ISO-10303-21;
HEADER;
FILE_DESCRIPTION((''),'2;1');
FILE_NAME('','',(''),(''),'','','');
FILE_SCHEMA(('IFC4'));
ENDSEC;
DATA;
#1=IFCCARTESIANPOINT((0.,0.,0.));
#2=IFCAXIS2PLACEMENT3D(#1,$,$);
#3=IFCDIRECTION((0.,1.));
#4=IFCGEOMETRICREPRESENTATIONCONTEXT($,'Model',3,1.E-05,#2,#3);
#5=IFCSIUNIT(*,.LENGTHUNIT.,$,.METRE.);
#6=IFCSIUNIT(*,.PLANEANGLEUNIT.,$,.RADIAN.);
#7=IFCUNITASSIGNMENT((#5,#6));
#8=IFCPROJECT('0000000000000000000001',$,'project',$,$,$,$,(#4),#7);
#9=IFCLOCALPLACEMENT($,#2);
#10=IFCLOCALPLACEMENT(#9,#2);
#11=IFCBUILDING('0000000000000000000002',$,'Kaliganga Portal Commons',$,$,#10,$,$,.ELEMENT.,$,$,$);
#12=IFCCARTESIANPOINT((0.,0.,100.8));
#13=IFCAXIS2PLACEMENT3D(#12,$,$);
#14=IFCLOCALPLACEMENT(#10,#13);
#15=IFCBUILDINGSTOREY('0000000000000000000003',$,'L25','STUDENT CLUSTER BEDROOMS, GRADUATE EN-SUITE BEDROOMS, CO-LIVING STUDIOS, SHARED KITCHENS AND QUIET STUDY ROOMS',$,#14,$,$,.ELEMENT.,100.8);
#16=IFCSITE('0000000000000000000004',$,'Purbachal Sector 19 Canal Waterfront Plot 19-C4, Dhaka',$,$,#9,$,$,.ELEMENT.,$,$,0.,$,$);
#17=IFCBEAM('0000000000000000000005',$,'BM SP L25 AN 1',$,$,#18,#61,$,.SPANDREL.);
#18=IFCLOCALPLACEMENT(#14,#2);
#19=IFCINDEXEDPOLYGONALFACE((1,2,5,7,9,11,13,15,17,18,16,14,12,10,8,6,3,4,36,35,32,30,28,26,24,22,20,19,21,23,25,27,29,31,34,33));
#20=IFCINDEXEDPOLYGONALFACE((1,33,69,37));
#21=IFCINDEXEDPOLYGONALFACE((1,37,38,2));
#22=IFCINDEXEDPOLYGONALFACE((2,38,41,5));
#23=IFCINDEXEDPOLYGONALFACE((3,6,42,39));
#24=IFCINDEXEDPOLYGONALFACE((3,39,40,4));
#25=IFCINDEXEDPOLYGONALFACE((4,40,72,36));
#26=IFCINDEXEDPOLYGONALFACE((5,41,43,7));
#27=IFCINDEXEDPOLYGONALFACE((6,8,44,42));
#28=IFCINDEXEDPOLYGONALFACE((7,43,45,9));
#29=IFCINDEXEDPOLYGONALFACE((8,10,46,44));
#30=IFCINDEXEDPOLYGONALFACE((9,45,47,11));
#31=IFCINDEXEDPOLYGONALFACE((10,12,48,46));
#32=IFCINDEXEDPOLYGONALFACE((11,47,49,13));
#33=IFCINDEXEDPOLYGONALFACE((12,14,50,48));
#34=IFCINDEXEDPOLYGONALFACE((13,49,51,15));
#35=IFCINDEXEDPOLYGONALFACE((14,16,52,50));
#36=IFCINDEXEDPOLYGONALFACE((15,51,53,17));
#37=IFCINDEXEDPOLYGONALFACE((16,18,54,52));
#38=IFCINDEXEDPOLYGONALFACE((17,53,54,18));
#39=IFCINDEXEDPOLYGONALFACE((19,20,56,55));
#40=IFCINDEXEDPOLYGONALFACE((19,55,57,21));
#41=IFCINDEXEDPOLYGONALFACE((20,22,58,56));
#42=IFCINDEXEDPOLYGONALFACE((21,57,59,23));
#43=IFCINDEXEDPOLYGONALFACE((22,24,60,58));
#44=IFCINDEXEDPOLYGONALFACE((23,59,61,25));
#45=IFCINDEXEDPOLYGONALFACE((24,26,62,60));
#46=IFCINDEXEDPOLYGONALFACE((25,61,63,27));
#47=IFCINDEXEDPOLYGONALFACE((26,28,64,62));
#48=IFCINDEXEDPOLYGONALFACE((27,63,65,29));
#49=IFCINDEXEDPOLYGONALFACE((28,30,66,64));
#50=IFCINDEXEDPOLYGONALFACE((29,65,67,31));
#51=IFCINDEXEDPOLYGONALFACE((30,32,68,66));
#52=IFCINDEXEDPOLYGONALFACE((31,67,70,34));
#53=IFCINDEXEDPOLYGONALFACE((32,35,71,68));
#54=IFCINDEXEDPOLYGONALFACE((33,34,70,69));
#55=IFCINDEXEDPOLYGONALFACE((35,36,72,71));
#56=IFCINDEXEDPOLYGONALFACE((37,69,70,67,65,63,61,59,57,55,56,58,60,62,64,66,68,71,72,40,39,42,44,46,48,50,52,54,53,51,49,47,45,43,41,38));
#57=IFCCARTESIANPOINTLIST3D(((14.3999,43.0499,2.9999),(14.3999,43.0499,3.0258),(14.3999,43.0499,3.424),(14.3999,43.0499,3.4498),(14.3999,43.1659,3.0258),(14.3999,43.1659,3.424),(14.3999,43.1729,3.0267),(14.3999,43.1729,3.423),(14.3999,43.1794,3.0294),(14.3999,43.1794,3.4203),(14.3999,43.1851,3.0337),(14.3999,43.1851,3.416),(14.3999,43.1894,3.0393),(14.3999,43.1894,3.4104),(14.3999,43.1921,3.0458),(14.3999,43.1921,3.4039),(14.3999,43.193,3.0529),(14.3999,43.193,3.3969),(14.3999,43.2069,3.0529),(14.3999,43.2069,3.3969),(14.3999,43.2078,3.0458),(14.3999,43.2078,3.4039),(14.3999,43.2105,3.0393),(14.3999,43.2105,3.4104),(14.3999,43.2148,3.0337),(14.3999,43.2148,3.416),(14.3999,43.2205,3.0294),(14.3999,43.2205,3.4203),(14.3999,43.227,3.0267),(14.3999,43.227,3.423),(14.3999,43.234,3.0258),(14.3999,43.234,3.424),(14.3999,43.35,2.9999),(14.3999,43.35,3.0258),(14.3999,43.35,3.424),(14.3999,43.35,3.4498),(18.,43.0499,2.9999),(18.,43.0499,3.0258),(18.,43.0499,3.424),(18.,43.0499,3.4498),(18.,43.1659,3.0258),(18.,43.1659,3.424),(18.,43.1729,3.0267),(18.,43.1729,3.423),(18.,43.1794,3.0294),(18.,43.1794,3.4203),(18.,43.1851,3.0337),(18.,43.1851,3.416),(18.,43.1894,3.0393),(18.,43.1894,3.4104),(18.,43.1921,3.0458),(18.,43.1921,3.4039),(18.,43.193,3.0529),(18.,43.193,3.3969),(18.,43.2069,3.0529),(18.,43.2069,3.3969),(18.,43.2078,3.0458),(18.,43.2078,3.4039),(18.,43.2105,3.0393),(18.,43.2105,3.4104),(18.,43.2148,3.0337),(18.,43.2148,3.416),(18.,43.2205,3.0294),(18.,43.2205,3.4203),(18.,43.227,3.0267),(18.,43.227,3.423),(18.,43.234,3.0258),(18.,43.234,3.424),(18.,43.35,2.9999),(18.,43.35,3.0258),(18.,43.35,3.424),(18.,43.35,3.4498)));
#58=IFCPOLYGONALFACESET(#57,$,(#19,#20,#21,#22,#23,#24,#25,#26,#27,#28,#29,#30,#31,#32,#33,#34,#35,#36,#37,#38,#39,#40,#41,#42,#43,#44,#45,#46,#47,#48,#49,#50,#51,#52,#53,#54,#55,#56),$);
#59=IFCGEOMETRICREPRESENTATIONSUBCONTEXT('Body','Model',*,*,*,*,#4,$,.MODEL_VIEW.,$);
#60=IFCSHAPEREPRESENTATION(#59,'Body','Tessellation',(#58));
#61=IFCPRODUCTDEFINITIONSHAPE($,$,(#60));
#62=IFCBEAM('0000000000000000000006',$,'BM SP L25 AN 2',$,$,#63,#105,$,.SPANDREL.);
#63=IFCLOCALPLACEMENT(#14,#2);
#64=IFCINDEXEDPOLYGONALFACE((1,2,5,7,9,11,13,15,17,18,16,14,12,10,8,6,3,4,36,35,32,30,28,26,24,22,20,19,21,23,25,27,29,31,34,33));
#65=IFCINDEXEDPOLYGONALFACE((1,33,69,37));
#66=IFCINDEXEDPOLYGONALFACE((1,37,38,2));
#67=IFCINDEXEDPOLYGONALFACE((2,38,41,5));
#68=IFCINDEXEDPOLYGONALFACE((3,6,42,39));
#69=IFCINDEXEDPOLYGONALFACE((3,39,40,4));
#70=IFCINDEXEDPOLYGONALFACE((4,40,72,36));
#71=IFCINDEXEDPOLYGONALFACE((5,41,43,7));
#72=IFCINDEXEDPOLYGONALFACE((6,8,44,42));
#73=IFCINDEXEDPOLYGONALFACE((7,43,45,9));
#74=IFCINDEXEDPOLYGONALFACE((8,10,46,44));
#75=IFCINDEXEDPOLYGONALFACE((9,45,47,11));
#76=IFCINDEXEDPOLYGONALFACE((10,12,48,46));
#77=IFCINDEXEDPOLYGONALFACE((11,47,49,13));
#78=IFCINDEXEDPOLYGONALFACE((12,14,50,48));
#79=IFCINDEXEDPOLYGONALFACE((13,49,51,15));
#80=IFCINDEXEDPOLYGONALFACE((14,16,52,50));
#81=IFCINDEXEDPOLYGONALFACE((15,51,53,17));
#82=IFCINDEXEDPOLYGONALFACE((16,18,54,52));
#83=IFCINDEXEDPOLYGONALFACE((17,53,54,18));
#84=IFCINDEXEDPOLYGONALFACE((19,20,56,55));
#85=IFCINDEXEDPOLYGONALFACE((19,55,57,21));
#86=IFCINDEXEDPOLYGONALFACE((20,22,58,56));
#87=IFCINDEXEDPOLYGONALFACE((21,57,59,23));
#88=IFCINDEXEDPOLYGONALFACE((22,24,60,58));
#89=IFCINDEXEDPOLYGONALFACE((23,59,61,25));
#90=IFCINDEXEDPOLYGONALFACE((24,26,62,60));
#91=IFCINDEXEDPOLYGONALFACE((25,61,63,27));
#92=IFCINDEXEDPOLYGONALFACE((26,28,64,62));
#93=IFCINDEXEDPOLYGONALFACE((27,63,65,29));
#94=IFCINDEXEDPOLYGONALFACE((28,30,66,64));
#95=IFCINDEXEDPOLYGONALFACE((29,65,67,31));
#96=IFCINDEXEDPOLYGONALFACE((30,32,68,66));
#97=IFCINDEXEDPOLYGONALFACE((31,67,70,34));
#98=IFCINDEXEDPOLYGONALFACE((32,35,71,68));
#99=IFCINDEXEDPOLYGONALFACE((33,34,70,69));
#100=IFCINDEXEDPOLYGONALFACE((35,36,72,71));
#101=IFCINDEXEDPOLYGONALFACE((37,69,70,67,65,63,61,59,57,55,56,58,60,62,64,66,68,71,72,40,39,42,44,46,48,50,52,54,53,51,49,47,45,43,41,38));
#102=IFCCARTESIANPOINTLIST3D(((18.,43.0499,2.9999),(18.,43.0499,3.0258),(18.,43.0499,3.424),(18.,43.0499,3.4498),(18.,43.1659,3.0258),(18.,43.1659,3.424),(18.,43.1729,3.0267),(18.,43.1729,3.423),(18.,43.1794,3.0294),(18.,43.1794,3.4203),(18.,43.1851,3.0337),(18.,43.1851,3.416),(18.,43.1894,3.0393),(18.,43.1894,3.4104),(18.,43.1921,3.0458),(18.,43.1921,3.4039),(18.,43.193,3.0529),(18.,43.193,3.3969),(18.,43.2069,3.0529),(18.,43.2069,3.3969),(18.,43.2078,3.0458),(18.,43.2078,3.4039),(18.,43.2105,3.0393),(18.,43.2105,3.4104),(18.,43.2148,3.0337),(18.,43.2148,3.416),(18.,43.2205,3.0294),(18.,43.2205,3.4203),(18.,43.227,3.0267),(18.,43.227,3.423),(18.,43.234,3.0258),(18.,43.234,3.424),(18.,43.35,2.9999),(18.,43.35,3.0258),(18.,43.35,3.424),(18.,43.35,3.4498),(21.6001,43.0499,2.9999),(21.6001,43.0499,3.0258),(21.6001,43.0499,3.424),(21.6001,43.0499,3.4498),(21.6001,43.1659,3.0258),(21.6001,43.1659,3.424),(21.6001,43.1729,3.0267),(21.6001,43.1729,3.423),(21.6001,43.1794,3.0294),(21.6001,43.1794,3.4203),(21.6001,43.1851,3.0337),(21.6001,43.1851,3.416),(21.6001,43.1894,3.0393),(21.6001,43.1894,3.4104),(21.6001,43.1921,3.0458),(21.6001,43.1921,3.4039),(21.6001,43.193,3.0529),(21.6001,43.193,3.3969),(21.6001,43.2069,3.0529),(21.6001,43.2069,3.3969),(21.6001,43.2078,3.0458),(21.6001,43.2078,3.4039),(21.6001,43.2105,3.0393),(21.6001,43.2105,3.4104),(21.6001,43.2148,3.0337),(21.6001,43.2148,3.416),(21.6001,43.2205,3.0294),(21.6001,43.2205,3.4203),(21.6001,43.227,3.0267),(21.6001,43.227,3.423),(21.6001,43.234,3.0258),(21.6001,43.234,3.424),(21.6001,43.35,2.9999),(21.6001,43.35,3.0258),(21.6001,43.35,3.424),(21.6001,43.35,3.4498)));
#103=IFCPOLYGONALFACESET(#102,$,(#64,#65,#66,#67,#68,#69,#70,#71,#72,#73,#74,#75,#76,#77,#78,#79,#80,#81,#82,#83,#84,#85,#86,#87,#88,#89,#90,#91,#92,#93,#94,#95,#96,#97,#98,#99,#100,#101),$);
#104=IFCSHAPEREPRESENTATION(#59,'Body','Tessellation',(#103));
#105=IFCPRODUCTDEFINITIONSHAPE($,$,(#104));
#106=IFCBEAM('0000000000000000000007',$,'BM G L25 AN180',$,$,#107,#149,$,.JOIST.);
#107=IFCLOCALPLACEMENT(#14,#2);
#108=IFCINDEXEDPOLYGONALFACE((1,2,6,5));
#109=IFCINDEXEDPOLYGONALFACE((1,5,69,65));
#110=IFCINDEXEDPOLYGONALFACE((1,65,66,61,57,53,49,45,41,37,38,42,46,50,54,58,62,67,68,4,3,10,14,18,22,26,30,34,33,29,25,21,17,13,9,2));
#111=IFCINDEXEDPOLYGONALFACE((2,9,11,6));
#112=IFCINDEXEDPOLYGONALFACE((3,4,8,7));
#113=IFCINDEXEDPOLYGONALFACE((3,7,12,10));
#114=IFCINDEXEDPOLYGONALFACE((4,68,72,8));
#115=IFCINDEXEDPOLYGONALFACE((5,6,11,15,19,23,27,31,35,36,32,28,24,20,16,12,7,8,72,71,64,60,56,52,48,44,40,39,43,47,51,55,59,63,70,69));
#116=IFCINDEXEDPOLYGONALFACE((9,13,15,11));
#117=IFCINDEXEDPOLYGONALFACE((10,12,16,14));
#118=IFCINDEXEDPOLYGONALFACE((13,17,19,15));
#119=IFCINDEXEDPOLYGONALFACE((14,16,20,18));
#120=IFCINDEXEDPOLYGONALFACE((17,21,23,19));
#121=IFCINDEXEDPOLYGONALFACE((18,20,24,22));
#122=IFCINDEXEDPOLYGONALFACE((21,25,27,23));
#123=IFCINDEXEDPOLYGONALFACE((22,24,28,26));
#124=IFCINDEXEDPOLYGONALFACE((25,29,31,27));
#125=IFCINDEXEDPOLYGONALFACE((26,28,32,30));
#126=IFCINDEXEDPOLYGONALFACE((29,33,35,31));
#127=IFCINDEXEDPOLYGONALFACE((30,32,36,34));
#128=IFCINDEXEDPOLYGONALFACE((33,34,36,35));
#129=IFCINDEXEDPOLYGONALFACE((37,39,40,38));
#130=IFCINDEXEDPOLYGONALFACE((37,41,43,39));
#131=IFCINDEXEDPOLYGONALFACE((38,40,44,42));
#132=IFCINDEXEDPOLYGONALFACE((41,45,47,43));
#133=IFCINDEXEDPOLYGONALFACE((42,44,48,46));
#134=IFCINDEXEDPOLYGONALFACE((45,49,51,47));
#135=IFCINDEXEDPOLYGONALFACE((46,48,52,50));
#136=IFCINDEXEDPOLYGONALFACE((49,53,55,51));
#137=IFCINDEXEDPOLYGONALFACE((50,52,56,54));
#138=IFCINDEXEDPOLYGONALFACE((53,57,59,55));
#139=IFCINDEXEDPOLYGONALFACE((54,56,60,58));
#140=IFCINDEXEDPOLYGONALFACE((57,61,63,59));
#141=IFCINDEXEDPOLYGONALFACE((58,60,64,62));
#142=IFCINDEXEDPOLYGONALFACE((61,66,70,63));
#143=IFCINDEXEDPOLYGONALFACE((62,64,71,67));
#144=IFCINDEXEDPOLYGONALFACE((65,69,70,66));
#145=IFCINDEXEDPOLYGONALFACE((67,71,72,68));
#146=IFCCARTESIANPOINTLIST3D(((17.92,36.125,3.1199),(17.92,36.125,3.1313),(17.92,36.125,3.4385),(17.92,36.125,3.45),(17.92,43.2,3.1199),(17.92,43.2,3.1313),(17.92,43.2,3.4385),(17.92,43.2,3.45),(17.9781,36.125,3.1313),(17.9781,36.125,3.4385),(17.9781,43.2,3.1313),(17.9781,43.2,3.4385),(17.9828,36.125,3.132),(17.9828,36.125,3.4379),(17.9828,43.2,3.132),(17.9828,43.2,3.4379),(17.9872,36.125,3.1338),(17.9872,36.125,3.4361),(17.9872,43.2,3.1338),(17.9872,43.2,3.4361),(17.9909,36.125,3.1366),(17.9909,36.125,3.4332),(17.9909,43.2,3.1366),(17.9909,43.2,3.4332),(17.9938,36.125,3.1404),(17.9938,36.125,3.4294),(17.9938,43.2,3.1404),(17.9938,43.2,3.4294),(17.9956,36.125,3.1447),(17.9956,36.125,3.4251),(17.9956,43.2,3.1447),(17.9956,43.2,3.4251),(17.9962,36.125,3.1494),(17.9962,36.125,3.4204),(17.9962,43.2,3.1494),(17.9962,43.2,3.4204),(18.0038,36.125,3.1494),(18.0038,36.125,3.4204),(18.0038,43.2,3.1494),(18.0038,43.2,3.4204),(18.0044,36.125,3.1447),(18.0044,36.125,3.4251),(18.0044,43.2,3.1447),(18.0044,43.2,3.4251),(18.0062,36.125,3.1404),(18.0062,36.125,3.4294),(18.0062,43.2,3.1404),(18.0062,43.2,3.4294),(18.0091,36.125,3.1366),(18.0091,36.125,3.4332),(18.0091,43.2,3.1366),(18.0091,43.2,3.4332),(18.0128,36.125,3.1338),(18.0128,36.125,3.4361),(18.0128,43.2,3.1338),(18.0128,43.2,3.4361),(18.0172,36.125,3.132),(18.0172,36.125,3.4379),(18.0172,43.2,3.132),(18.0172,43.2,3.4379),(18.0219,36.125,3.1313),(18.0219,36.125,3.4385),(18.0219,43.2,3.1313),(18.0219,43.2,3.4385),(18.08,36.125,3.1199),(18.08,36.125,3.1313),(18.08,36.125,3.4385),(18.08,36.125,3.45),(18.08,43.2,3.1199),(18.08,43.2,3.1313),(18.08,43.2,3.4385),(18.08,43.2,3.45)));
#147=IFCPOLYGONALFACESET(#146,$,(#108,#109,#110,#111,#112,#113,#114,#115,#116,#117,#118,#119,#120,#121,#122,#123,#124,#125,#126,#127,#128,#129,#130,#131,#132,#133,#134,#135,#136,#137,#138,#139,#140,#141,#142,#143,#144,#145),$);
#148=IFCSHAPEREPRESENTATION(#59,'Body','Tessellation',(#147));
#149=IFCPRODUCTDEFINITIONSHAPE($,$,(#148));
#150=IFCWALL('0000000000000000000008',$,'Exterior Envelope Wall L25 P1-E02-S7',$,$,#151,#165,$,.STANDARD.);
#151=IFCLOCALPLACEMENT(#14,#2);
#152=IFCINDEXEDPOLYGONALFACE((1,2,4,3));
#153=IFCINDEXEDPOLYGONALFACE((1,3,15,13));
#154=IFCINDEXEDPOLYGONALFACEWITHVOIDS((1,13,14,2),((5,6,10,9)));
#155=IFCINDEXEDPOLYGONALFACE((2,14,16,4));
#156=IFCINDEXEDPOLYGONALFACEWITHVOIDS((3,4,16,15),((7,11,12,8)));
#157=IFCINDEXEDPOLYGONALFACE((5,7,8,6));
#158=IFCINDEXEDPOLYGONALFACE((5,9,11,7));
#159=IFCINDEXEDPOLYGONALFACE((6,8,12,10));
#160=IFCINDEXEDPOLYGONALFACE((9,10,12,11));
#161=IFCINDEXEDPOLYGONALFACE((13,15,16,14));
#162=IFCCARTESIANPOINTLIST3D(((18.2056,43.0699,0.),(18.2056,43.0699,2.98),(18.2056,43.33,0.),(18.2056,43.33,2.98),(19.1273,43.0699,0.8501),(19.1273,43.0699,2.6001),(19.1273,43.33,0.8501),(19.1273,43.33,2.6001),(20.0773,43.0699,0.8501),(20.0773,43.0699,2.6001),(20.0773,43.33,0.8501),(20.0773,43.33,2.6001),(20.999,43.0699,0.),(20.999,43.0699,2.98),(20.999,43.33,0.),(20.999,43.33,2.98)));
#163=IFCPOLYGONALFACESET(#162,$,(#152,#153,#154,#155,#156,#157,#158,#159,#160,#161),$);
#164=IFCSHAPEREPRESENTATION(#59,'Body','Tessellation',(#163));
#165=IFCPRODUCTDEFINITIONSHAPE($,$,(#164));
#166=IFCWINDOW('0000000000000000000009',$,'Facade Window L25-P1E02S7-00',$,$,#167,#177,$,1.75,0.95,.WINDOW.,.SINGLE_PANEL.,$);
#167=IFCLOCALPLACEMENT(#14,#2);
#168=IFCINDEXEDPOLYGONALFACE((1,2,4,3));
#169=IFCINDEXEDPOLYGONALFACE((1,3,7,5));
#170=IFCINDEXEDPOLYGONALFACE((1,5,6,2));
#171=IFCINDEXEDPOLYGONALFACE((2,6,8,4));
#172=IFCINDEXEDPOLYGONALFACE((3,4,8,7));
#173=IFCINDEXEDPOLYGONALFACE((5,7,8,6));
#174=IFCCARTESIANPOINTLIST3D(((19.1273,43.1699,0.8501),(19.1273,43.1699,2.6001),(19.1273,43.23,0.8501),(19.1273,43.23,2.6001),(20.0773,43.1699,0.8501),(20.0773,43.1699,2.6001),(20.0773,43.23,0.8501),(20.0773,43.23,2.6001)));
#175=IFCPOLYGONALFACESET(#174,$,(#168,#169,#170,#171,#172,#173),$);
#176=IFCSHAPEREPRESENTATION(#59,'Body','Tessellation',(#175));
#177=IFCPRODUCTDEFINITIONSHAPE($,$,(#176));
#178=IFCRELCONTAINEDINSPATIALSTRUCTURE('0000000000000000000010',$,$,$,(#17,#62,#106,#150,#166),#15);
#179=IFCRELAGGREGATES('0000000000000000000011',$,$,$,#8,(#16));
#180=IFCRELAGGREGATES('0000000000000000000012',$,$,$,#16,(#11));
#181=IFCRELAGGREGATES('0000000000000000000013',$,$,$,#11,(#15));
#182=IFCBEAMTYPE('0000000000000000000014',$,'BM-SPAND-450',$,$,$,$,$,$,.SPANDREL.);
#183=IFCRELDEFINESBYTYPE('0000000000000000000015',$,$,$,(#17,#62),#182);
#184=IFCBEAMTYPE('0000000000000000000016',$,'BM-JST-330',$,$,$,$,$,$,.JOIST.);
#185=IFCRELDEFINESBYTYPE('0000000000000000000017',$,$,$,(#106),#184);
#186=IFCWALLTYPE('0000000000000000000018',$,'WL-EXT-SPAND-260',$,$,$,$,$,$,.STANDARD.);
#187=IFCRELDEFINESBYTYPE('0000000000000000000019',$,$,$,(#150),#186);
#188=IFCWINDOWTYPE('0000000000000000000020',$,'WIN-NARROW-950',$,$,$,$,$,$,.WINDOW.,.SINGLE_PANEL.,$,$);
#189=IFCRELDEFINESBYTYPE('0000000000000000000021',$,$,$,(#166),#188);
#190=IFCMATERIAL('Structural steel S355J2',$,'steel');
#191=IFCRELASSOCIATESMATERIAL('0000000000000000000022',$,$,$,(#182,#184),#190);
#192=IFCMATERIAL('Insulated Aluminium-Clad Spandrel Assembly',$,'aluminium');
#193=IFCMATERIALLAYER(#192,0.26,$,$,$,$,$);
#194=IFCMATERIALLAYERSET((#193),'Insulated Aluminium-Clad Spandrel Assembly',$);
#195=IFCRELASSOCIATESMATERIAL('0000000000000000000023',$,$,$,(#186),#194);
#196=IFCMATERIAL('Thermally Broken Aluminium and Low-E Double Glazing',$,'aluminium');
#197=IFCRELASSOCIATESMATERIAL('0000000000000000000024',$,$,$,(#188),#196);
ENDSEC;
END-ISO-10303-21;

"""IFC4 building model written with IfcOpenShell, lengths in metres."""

from ifc_helpers import new_model, si_unit, direction, frame, frame_2d, origin, origin_2d, place, context, subcontext, project, spatial, rectangle, i_section, extrude, source, transform, mapped, material, layer, layer_set, material_profile, profile_set, type_object, element, fill, save


model = new_model("IFC4")

# Units and contexts
model_context = context("Model", 3, precision=1e-05, world=origin(), true_north=direction((0.0, 1.0)))
body_context = subcontext(model_context, "Body", "Model", "MODEL_VIEW")
ifc_project = project(units=[si_unit("LENGTHUNIT", "METRE"), si_unit("PLANEANGLEUNIT", "RADIAN")], contexts=[model_context])

# Site, building, storey
site_placement = place(None, origin())
site = spatial("IfcSite", under=ifc_project, at=site_placement, Name="Purbachal Sector 19 Canal Waterfront Plot 19-C4, Dhaka", CompositionType="ELEMENT", RefElevation=0.0)
building_placement = place(site_placement, origin())
building = spatial("IfcBuilding", under=site, at=building_placement, Name="Kaliganga Portal Commons", CompositionType="ELEMENT")
storey_placement = place(building_placement, frame((0.0, 0.0, 100.8)))
storey = spatial("IfcBuildingStorey", under=building, at=storey_placement, Name="L25", Description="STUDENT CLUSTER BEDROOMS, GRADUATE EN-SUITE BEDROOMS, CO-LIVING STUDIOS, SHARED KITCHENS AND QUIET STUDY ROOMS", CompositionType="ELEMENT", Elevation=100.8)

# Beams
ifc_material_1 = material(Name="Structural steel S355J2", Category="steel")
ifc_material_profile_1 = material_profile(ifc_material_1, i_section(OverallWidth=0.3, OverallDepth=0.45, WebThickness=0.0139, FlangeThickness=0.0259, FilletRadius=0.0271, at=origin_2d()), Name="HE 450 B")
ifc_profile_set_1 = profile_set([ifc_material_profile_1], Name="Structural steel S355J2 wide-flange")
beam_type_1 = type_object("IfcBeamType", Name="BM-SPAND-450", PredefinedType="SPANDREL", material=ifc_profile_set_1)
shared_shape_1 = source(origin(), body_context, "Body", "SweptSolid", [
    extrude(i_section(OverallWidth=0.3, OverallDepth=0.45, WebThickness=0.0139, FlangeThickness=0.0259, FilletRadius=0.0271, at=origin_2d()), origin(), (0.0, 0.0, 1.0), 3.6001),
])
for number, where, z_axis, x_axis, name in (
    (1, (14.3999, 43.2, 3.2249), (1.0, 0.0, 0.0), (0.0, 1.0, 0.0), "BM SP L25 AN 1"),
    (2, (18.0, 43.2, 3.2249), (1.0, 0.0, 0.0), (0.0, 1.0, 0.0), "BM SP L25 AN 2"),
):
    element("IfcBeam", number, at=place(storey_placement, frame(where, z_axis=z_axis, x_axis=x_axis)), inside=storey, type_object=beam_type_1, Name=name, PredefinedType="SPANDREL", context=body_context, shape_type="MappedRepresentation", body=[
        mapped(shared_shape_1, transform((0.0, 0.0, 0.0), x_axis=(1.0, 0.0, 0.0), y_axis=(0.0, 1.0, 0.0), z_axis=(0.0, 0.0, 1.0), scale=1.0)),
    ])
ifc_material_profile_2 = material_profile(ifc_material_1, i_section(OverallWidth=0.1599, OverallDepth=0.3301, WebThickness=0.0076, FlangeThickness=0.0115, FilletRadius=0.0181, at=origin_2d()), Name="IPE 330")
ifc_profile_set_2 = profile_set([ifc_material_profile_2], Name="Structural steel S355J2 wide-flange")
beam_type_2 = type_object("IfcBeamType", Name="BM-JST-330", PredefinedType="JOIST", material=ifc_profile_set_2)
shared_shape_2 = source(origin(), body_context, "Body", "SweptSolid", [
    extrude(i_section(OverallWidth=0.1599, OverallDepth=0.3301, WebThickness=0.0076, FlangeThickness=0.0115, FilletRadius=0.0181, at=origin_2d()), origin(), (0.0, 0.0, 1.0), 7.075),
])
beam_1_placement = place(storey_placement, frame((18.0, 36.125, 3.2849), z_axis=(0.0, 1.0, 0.0), x_axis=(-1.0, 0.0, 0.0)))
element("IfcBeam", 3, at=beam_1_placement, inside=storey, type_object=beam_type_2, Name="BM G L25 AN180", PredefinedType="JOIST", context=body_context, shape_type="MappedRepresentation", body=[
    mapped(shared_shape_2, transform((0.0, 0.0, 0.0), x_axis=(1.0, 0.0, 0.0), y_axis=(0.0, 1.0, 0.0), z_axis=(0.0, 0.0, 1.0), scale=1.0)),
])

# Wall, opening, window
ifc_material_2 = material(Name="Insulated Aluminium-Clad Spandrel Assembly", Category="aluminium")
ifc_layer_1 = layer(ifc_material_2, 0.26)
ifc_layer_set_1 = layer_set([ifc_layer_1], Name="Insulated Aluminium-Clad Spandrel Assembly")
wall_type_1 = type_object("IfcWallType", Name="WL-EXT-SPAND-260", PredefinedType="STANDARD", material=ifc_layer_set_1)
wall_1_placement = place(storey_placement, frame((18.2056, 43.2, 0.0), z_axis=(0.0, 0.0, 1.0), x_axis=(1.0, 0.0, 0.0)))
wall_1 = element("IfcWall", 4, at=wall_1_placement, inside=storey, type_object=wall_type_1, Name="Exterior Envelope Wall L25 P1-E02-S7", PredefinedType="STANDARD", context=body_context, shape_type="SweptSolid", body=[
    extrude(rectangle(XDim=2.7935, YDim=0.26, at=frame_2d((1.3967, 0.0))), origin(), (0.0, 0.0, 1.0), 2.98),
])
opening_1_placement = place(wall_1_placement, frame((0.9216, 0.0, 0.8501)))
opening_1 = element("IfcOpeningElement", 5, at=opening_1_placement, cuts=wall_1, PredefinedType="OPENING", context=body_context, shape_type="SweptSolid", body=[
    extrude(rectangle(XDim=0.95, YDim=1.75, at=frame_2d((0.4751, 0.875))), frame((0.0, 0.1401, 0.0), z_axis=(0.0, -1.0, 0.0), x_axis=(1.0, 0.0, 0.0)), (0.0, 0.0, 1.0), 0.28),
])
ifc_material_3 = material(Name="Thermally Broken Aluminium and Low-E Double Glazing", Category="aluminium")
window_type_1 = type_object("IfcWindowType", Name="WIN-NARROW-950", PartitioningType="SINGLE_PANEL", PredefinedType="WINDOW", material=ifc_material_3)
window_1_placement = place(opening_1_placement, origin())
window_1 = element("IfcWindow", 6, at=window_1_placement, inside=storey, type_object=window_type_1, Name="Facade Window L25-P1E02S7-00", OverallHeight=1.75, OverallWidth=0.95, PartitioningType="SINGLE_PANEL", PredefinedType="WINDOW", context=body_context, shape_type="SweptSolid", body=[
    extrude(rectangle(XDim=0.95, YDim=1.75, at=frame_2d((0.4751, 0.875))), frame((0.0, 0.03, 0.0), z_axis=(0.0, -1.0, 0.0), x_axis=(1.0, 0.0, 0.0)), (0.0, 0.0, 1.0), 0.0601),
])
fill(opening_1, window_1)

save(model, "model.ifc")
